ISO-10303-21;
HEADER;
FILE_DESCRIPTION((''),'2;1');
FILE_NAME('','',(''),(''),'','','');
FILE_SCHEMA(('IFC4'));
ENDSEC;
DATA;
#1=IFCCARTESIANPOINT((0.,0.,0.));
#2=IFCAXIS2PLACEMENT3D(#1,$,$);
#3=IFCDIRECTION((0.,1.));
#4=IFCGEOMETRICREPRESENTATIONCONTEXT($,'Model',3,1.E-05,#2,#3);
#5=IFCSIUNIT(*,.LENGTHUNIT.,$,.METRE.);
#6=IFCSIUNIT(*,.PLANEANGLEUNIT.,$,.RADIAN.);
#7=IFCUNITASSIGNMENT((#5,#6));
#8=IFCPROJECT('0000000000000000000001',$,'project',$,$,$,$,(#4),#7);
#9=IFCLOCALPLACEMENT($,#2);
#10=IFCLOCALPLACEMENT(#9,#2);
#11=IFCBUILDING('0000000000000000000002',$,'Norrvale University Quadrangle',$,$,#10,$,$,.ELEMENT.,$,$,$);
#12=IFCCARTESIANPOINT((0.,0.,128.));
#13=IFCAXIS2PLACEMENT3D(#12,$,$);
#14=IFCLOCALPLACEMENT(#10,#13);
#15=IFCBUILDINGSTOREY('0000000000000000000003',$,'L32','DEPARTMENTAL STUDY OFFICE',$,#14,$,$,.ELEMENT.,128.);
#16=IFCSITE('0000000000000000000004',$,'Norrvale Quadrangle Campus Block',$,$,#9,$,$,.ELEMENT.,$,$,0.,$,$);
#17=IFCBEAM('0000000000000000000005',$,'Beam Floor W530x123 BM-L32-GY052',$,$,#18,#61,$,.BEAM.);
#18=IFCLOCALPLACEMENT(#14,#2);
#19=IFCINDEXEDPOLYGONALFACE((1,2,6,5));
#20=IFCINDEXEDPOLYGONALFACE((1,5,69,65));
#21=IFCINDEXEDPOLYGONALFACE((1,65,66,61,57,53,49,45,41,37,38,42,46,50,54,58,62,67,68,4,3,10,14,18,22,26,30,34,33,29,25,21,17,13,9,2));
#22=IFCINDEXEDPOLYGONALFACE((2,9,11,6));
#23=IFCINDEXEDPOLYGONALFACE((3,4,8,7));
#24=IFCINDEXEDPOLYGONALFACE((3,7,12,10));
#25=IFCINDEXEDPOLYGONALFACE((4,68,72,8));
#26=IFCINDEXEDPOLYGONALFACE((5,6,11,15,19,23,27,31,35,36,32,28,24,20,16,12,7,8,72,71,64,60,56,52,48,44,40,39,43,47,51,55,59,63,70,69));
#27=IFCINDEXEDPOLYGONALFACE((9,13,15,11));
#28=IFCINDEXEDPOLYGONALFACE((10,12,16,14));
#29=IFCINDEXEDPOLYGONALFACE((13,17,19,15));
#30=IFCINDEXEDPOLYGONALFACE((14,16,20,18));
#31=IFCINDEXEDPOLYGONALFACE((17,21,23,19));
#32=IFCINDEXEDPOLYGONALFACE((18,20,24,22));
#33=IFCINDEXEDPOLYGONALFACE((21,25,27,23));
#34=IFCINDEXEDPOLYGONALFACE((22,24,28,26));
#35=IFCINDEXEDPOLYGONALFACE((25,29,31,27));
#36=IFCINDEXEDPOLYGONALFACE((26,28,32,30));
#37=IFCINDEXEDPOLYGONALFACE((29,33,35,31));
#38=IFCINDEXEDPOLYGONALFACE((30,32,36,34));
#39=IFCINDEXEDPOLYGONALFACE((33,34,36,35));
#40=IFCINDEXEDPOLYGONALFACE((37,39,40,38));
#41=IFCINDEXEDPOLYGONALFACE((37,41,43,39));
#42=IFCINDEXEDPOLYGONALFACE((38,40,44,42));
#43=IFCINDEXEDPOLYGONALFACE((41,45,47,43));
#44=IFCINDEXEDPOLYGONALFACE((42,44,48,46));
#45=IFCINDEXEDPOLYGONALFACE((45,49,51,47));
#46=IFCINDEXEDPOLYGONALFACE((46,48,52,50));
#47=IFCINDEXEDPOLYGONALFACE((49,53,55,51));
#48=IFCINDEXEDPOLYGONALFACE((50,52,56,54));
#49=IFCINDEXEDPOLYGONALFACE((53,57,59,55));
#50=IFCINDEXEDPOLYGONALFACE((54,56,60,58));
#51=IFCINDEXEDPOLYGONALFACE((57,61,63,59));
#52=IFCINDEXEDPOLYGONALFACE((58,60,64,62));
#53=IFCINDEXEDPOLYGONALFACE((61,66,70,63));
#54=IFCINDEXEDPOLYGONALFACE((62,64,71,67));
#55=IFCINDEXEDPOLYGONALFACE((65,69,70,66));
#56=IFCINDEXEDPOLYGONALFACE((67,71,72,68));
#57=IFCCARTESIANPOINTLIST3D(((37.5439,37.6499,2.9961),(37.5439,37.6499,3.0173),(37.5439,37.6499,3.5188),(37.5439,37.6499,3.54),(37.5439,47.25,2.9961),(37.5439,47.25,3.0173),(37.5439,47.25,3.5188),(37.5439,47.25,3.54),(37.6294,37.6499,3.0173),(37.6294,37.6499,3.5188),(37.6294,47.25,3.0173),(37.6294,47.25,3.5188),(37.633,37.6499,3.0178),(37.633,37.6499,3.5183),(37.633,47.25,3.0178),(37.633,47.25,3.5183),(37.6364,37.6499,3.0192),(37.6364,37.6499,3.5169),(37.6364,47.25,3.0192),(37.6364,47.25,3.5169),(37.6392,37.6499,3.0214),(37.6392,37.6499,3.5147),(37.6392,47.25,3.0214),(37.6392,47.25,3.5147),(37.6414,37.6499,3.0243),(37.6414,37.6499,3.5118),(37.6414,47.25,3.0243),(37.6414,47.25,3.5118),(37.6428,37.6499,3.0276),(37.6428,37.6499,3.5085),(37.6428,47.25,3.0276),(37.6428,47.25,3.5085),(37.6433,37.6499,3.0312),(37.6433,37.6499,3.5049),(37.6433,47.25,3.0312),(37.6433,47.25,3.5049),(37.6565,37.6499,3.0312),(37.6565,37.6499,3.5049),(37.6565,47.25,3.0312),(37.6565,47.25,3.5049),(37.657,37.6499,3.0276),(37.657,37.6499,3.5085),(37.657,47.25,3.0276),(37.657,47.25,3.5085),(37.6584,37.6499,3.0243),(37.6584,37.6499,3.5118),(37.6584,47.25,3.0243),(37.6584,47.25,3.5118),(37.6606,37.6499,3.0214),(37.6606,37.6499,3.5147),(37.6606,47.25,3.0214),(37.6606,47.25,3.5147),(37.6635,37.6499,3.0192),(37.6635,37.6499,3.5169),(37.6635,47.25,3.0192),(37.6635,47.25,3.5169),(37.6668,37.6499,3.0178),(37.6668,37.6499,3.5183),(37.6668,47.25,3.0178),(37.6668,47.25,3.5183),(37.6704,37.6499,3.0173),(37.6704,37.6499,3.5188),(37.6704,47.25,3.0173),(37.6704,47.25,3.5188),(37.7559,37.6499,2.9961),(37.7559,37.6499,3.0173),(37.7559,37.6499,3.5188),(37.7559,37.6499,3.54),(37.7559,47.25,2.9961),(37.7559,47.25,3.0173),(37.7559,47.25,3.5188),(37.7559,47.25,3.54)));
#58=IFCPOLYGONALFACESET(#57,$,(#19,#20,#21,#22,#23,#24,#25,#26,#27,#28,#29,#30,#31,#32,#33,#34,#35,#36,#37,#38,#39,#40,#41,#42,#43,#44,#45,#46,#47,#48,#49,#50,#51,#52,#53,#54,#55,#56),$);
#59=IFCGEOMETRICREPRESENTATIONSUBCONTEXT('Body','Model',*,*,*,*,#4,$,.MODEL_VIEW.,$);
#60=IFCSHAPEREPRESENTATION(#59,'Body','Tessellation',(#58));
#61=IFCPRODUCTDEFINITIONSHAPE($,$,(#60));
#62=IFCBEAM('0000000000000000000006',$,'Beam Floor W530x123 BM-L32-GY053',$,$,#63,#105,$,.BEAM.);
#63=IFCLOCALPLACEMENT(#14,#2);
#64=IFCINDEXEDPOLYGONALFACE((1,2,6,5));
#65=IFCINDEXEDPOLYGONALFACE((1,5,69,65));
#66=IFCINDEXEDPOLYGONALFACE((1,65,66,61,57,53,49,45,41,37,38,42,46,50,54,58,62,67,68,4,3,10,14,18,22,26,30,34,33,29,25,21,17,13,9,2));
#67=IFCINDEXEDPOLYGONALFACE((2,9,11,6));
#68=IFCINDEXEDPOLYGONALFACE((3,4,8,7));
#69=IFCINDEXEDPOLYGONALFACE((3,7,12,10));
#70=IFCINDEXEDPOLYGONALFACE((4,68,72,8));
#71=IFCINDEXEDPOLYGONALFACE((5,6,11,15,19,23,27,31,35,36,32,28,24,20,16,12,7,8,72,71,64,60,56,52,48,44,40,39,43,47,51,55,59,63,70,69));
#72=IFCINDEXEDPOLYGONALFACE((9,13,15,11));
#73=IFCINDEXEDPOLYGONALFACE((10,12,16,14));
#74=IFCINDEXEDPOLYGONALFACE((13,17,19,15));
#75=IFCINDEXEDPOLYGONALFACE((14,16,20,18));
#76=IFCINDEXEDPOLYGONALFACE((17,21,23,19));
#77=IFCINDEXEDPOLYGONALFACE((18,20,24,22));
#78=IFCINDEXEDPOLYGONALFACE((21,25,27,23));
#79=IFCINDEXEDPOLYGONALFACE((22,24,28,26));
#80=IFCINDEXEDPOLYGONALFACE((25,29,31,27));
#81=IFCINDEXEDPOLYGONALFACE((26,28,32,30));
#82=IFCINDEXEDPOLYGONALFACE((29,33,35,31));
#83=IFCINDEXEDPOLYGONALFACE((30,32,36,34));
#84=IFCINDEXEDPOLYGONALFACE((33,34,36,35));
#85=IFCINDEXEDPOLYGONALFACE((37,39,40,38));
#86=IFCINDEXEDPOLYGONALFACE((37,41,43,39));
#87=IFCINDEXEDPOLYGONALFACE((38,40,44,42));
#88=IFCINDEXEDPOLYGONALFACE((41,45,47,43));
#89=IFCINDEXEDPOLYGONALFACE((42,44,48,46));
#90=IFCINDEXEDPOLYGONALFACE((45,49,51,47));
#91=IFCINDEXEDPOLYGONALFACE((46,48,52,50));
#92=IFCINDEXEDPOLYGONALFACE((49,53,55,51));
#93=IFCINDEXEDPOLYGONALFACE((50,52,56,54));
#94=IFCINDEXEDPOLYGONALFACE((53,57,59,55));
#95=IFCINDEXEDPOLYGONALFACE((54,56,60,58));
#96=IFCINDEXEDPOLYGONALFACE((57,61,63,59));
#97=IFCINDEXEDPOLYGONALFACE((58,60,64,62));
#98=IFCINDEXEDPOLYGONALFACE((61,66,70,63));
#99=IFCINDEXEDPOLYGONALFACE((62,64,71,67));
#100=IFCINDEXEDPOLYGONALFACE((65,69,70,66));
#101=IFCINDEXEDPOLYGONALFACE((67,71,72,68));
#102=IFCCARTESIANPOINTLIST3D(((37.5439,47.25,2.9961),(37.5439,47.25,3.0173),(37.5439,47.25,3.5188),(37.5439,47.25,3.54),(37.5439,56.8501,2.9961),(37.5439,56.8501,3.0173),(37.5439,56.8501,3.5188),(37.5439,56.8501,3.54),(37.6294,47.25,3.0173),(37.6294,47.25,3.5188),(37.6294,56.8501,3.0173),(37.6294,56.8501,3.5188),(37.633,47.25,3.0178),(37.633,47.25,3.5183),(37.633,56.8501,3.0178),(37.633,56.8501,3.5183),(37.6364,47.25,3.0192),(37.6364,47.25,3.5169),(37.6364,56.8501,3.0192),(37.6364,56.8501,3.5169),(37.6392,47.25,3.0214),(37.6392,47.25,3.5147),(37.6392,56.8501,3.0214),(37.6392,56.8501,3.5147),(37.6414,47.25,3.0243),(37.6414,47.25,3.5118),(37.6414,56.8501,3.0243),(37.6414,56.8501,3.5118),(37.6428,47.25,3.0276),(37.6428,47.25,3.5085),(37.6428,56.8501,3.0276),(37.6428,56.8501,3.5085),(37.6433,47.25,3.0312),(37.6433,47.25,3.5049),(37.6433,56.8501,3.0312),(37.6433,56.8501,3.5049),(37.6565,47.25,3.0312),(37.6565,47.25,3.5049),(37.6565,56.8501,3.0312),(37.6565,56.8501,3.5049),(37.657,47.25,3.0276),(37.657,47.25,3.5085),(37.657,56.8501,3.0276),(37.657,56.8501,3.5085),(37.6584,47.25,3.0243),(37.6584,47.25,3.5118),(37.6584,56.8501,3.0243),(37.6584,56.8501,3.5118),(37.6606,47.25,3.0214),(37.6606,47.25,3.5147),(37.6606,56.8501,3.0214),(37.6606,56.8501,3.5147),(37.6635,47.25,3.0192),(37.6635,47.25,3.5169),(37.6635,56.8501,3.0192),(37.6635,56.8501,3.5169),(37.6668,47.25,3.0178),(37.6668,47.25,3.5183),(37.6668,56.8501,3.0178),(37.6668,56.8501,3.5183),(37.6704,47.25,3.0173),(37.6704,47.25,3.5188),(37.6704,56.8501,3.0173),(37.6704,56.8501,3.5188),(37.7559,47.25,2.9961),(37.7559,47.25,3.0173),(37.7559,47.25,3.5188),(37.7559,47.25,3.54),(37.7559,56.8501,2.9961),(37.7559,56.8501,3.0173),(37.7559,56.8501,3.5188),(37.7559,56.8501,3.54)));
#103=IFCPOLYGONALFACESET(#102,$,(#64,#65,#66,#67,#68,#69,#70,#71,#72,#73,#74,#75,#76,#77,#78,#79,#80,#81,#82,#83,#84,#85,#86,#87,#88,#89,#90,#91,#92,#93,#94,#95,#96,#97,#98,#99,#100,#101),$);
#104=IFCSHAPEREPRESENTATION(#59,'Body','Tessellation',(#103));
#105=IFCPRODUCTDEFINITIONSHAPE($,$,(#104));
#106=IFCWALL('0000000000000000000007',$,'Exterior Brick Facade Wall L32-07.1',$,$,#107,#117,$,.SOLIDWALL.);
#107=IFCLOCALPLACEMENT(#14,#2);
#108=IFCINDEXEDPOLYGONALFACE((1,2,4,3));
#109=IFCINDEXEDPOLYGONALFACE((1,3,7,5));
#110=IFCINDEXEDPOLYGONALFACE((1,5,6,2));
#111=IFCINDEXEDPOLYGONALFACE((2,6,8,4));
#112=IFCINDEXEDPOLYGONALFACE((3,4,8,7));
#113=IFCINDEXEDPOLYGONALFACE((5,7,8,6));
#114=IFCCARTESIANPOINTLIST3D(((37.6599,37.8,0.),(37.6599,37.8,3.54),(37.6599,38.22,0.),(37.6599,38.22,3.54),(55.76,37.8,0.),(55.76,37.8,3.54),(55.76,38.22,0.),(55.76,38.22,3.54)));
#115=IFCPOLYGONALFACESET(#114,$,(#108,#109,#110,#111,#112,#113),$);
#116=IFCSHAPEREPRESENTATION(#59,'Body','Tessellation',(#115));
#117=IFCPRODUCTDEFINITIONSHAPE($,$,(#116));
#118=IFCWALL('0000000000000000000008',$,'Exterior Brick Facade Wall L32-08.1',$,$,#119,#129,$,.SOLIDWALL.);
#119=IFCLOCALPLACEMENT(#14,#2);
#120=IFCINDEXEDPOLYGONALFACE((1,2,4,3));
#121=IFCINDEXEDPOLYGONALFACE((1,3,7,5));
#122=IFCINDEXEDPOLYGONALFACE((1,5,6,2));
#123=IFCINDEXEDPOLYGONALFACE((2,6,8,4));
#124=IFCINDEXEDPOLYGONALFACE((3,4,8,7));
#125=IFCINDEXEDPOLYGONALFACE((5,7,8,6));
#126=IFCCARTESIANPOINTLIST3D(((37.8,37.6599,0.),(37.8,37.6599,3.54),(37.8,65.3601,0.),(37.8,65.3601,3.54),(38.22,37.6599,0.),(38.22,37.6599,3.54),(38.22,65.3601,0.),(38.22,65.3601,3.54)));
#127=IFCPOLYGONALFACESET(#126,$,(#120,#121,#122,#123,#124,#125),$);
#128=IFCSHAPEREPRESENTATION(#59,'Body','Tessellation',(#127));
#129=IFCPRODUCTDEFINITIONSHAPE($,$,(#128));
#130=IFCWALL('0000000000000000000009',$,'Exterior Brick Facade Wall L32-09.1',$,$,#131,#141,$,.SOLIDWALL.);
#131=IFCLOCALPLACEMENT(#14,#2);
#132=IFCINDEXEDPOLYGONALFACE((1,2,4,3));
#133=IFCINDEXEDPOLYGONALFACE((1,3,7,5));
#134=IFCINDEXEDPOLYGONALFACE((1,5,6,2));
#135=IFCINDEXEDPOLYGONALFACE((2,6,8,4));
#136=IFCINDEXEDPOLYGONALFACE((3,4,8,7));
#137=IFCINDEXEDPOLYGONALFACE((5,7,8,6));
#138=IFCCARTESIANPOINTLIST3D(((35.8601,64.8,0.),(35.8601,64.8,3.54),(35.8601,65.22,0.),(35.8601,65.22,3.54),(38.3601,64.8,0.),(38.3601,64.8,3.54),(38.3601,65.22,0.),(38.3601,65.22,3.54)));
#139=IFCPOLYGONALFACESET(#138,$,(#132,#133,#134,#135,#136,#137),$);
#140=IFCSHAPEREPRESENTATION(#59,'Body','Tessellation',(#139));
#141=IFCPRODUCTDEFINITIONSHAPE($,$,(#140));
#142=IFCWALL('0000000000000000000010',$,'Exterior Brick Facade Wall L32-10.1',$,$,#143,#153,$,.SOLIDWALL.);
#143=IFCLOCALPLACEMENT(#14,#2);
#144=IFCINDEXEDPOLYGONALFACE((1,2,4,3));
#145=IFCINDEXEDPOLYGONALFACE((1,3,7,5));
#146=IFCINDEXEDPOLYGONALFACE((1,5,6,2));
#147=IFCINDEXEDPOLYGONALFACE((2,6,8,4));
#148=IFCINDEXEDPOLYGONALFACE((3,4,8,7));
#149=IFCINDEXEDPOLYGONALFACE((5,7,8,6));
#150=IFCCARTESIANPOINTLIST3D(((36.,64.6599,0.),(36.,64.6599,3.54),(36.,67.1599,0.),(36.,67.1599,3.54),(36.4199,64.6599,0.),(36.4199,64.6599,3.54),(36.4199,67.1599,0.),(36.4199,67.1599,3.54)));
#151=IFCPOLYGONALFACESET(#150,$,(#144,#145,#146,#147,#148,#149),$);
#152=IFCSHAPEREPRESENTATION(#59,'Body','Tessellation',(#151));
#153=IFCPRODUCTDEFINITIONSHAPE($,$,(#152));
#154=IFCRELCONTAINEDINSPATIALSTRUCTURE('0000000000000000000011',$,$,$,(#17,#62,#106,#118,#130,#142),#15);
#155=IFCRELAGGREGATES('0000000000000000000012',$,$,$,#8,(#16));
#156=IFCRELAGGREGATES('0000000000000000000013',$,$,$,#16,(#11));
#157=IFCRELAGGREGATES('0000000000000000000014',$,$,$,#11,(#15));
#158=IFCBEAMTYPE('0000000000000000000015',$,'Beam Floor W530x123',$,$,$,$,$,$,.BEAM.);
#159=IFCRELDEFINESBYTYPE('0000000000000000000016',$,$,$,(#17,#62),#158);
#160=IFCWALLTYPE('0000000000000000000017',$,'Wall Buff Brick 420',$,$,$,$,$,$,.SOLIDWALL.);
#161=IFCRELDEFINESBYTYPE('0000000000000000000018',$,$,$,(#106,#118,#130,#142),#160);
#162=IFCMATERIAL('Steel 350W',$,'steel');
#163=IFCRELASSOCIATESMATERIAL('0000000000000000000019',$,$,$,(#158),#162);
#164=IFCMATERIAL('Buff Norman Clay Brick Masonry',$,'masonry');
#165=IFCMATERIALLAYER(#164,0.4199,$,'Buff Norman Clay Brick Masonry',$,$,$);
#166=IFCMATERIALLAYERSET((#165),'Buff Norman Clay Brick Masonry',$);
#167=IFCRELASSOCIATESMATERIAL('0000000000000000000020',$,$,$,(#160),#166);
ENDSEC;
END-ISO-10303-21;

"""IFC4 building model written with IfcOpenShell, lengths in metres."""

from ifc_helpers import new_model, si_unit, direction, frame, frame_2d, origin, origin_2d, place, context, subcontext, project, spatial, rectangle, i_section, extrude, material, layer, layer_set, material_profile, profile_set, type_object, element, save


model = new_model("IFC4")

# Units and contexts
model_context = context("Model", 3, precision=1e-05, world=origin(), true_north=direction((0.0, 1.0)))
body_context = subcontext(model_context, "Body", "Model", "MODEL_VIEW")
ifc_project = project(units=[si_unit("LENGTHUNIT", "METRE"), si_unit("PLANEANGLEUNIT", "RADIAN")], contexts=[model_context])

# Site, building, storey
site_placement = place(None, origin())
site = spatial("IfcSite", under=ifc_project, at=site_placement, Name="Norrvale Quadrangle Campus Block", CompositionType="ELEMENT", RefElevation=0.0)
building_placement = place(site_placement, origin())
building = spatial("IfcBuilding", under=site, at=building_placement, Name="Norrvale University Quadrangle", CompositionType="ELEMENT")
storey_placement = place(building_placement, frame((0.0, 0.0, 128.0)))
storey = spatial("IfcBuildingStorey", under=building, at=storey_placement, Name="L32", Description="DEPARTMENTAL STUDY OFFICE", CompositionType="ELEMENT", Elevation=128.0)

# Beams
ifc_material_1 = material(Name="Steel 350W", Category="steel")
ifc_material_profile_1 = material_profile(ifc_material_1, i_section(OverallWidth=0.2119, OverallDepth=0.5439, WebThickness=0.0132, FlangeThickness=0.0212, FilletRadius=0.0139, at=origin_2d()), Name="Steel 350W")
ifc_profile_set_1 = profile_set([ifc_material_profile_1], Name="Steel 350W")
beam_type_1 = type_object("IfcBeamType", Name="Beam Floor W530x123", PredefinedType="BEAM", material=ifc_profile_set_1)
for number, where, z_axis, x_axis, name in (
    (1, (37.6499, 37.6499, 3.2681), (0.0, 1.0, 0.0), (-1.0, 0.0, 0.0), "Beam Floor W530x123 BM-L32-GY052"),
    (2, (37.6499, 47.25, 3.2681), (0.0, 1.0, 0.0), (-1.0, 0.0, 0.0), "Beam Floor W530x123 BM-L32-GY053"),
):
    element("IfcBeam", number, at=place(storey_placement, frame(where, z_axis=z_axis, x_axis=x_axis)), inside=storey, type_object=beam_type_1, Name=name, PredefinedType="BEAM", context=body_context, shape_type="SweptSolid", body=[
        extrude(i_section(OverallWidth=0.2119, OverallDepth=0.5439, WebThickness=0.0132, FlangeThickness=0.0212, FilletRadius=0.0139, at=origin_2d()), origin(), (0.0, 0.0, 1.0), 9.6001),
    ])

# Walls
ifc_material_2 = material(Name="Buff Norman Clay Brick Masonry", Category="masonry")
ifc_layer = layer(ifc_material_2, 0.4199, Name="Buff Norman Clay Brick Masonry")
ifc_layer_set = layer_set([ifc_layer], Name="Buff Norman Clay Brick Masonry")
wall_type = type_object("IfcWallType", Name="Wall Buff Brick 420", PredefinedType="SOLIDWALL", material=ifc_layer_set)
wall_1_placement = place(storey_placement, frame((55.76, 38.01, 0.0), z_axis=(0.0, 0.0, 1.0), x_axis=(-1.0, 0.0, 0.0)))
element("IfcWall", 3, at=wall_1_placement, inside=storey, type_object=wall_type, Name="Exterior Brick Facade Wall L32-07.1", PredefinedType="SOLIDWALL", context=body_context, shape_type="SweptSolid", body=[
    extrude(rectangle(XDim=18.1001, YDim=0.4199, at=frame_2d((9.05, 0.0))), origin(), (0.0, 0.0, 1.0), 3.54),
])
wall_2_placement = place(storey_placement, frame((38.01, 37.6599, 0.0), z_axis=(0.0, 0.0, 1.0), x_axis=(0.0, 1.0, 0.0)))
element("IfcWall", 4, at=wall_2_placement, inside=storey, type_object=wall_type, Name="Exterior Brick Facade Wall L32-08.1", PredefinedType="SOLIDWALL", context=body_context, shape_type="SweptSolid", body=[
    extrude(rectangle(XDim=27.7002, YDim=0.4199, at=frame_2d((13.8501, 0.0))), origin(), (0.0, 0.0, 1.0), 3.54),
])
for number, where, z_axis, x_axis, name in (
    (5, (38.3601, 65.01, 0.0), (0.0, 0.0, 1.0), (-1.0, 0.0, 0.0), "Exterior Brick Facade Wall L32-09.1"),
    (6, (36.21, 64.6599, 0.0), (0.0, 0.0, 1.0), (0.0, 1.0, 0.0), "Exterior Brick Facade Wall L32-10.1"),
):
    element("IfcWall", number, at=place(storey_placement, frame(where, z_axis=z_axis, x_axis=x_axis)), inside=storey, type_object=wall_type, Name=name, PredefinedType="SOLIDWALL", context=body_context, shape_type="SweptSolid", body=[
        extrude(rectangle(XDim=2.5, YDim=0.4199, at=frame_2d((1.25, 0.0))), origin(), (0.0, 0.0, 1.0), 3.54),
    ])

save(model, "model.ifc")
